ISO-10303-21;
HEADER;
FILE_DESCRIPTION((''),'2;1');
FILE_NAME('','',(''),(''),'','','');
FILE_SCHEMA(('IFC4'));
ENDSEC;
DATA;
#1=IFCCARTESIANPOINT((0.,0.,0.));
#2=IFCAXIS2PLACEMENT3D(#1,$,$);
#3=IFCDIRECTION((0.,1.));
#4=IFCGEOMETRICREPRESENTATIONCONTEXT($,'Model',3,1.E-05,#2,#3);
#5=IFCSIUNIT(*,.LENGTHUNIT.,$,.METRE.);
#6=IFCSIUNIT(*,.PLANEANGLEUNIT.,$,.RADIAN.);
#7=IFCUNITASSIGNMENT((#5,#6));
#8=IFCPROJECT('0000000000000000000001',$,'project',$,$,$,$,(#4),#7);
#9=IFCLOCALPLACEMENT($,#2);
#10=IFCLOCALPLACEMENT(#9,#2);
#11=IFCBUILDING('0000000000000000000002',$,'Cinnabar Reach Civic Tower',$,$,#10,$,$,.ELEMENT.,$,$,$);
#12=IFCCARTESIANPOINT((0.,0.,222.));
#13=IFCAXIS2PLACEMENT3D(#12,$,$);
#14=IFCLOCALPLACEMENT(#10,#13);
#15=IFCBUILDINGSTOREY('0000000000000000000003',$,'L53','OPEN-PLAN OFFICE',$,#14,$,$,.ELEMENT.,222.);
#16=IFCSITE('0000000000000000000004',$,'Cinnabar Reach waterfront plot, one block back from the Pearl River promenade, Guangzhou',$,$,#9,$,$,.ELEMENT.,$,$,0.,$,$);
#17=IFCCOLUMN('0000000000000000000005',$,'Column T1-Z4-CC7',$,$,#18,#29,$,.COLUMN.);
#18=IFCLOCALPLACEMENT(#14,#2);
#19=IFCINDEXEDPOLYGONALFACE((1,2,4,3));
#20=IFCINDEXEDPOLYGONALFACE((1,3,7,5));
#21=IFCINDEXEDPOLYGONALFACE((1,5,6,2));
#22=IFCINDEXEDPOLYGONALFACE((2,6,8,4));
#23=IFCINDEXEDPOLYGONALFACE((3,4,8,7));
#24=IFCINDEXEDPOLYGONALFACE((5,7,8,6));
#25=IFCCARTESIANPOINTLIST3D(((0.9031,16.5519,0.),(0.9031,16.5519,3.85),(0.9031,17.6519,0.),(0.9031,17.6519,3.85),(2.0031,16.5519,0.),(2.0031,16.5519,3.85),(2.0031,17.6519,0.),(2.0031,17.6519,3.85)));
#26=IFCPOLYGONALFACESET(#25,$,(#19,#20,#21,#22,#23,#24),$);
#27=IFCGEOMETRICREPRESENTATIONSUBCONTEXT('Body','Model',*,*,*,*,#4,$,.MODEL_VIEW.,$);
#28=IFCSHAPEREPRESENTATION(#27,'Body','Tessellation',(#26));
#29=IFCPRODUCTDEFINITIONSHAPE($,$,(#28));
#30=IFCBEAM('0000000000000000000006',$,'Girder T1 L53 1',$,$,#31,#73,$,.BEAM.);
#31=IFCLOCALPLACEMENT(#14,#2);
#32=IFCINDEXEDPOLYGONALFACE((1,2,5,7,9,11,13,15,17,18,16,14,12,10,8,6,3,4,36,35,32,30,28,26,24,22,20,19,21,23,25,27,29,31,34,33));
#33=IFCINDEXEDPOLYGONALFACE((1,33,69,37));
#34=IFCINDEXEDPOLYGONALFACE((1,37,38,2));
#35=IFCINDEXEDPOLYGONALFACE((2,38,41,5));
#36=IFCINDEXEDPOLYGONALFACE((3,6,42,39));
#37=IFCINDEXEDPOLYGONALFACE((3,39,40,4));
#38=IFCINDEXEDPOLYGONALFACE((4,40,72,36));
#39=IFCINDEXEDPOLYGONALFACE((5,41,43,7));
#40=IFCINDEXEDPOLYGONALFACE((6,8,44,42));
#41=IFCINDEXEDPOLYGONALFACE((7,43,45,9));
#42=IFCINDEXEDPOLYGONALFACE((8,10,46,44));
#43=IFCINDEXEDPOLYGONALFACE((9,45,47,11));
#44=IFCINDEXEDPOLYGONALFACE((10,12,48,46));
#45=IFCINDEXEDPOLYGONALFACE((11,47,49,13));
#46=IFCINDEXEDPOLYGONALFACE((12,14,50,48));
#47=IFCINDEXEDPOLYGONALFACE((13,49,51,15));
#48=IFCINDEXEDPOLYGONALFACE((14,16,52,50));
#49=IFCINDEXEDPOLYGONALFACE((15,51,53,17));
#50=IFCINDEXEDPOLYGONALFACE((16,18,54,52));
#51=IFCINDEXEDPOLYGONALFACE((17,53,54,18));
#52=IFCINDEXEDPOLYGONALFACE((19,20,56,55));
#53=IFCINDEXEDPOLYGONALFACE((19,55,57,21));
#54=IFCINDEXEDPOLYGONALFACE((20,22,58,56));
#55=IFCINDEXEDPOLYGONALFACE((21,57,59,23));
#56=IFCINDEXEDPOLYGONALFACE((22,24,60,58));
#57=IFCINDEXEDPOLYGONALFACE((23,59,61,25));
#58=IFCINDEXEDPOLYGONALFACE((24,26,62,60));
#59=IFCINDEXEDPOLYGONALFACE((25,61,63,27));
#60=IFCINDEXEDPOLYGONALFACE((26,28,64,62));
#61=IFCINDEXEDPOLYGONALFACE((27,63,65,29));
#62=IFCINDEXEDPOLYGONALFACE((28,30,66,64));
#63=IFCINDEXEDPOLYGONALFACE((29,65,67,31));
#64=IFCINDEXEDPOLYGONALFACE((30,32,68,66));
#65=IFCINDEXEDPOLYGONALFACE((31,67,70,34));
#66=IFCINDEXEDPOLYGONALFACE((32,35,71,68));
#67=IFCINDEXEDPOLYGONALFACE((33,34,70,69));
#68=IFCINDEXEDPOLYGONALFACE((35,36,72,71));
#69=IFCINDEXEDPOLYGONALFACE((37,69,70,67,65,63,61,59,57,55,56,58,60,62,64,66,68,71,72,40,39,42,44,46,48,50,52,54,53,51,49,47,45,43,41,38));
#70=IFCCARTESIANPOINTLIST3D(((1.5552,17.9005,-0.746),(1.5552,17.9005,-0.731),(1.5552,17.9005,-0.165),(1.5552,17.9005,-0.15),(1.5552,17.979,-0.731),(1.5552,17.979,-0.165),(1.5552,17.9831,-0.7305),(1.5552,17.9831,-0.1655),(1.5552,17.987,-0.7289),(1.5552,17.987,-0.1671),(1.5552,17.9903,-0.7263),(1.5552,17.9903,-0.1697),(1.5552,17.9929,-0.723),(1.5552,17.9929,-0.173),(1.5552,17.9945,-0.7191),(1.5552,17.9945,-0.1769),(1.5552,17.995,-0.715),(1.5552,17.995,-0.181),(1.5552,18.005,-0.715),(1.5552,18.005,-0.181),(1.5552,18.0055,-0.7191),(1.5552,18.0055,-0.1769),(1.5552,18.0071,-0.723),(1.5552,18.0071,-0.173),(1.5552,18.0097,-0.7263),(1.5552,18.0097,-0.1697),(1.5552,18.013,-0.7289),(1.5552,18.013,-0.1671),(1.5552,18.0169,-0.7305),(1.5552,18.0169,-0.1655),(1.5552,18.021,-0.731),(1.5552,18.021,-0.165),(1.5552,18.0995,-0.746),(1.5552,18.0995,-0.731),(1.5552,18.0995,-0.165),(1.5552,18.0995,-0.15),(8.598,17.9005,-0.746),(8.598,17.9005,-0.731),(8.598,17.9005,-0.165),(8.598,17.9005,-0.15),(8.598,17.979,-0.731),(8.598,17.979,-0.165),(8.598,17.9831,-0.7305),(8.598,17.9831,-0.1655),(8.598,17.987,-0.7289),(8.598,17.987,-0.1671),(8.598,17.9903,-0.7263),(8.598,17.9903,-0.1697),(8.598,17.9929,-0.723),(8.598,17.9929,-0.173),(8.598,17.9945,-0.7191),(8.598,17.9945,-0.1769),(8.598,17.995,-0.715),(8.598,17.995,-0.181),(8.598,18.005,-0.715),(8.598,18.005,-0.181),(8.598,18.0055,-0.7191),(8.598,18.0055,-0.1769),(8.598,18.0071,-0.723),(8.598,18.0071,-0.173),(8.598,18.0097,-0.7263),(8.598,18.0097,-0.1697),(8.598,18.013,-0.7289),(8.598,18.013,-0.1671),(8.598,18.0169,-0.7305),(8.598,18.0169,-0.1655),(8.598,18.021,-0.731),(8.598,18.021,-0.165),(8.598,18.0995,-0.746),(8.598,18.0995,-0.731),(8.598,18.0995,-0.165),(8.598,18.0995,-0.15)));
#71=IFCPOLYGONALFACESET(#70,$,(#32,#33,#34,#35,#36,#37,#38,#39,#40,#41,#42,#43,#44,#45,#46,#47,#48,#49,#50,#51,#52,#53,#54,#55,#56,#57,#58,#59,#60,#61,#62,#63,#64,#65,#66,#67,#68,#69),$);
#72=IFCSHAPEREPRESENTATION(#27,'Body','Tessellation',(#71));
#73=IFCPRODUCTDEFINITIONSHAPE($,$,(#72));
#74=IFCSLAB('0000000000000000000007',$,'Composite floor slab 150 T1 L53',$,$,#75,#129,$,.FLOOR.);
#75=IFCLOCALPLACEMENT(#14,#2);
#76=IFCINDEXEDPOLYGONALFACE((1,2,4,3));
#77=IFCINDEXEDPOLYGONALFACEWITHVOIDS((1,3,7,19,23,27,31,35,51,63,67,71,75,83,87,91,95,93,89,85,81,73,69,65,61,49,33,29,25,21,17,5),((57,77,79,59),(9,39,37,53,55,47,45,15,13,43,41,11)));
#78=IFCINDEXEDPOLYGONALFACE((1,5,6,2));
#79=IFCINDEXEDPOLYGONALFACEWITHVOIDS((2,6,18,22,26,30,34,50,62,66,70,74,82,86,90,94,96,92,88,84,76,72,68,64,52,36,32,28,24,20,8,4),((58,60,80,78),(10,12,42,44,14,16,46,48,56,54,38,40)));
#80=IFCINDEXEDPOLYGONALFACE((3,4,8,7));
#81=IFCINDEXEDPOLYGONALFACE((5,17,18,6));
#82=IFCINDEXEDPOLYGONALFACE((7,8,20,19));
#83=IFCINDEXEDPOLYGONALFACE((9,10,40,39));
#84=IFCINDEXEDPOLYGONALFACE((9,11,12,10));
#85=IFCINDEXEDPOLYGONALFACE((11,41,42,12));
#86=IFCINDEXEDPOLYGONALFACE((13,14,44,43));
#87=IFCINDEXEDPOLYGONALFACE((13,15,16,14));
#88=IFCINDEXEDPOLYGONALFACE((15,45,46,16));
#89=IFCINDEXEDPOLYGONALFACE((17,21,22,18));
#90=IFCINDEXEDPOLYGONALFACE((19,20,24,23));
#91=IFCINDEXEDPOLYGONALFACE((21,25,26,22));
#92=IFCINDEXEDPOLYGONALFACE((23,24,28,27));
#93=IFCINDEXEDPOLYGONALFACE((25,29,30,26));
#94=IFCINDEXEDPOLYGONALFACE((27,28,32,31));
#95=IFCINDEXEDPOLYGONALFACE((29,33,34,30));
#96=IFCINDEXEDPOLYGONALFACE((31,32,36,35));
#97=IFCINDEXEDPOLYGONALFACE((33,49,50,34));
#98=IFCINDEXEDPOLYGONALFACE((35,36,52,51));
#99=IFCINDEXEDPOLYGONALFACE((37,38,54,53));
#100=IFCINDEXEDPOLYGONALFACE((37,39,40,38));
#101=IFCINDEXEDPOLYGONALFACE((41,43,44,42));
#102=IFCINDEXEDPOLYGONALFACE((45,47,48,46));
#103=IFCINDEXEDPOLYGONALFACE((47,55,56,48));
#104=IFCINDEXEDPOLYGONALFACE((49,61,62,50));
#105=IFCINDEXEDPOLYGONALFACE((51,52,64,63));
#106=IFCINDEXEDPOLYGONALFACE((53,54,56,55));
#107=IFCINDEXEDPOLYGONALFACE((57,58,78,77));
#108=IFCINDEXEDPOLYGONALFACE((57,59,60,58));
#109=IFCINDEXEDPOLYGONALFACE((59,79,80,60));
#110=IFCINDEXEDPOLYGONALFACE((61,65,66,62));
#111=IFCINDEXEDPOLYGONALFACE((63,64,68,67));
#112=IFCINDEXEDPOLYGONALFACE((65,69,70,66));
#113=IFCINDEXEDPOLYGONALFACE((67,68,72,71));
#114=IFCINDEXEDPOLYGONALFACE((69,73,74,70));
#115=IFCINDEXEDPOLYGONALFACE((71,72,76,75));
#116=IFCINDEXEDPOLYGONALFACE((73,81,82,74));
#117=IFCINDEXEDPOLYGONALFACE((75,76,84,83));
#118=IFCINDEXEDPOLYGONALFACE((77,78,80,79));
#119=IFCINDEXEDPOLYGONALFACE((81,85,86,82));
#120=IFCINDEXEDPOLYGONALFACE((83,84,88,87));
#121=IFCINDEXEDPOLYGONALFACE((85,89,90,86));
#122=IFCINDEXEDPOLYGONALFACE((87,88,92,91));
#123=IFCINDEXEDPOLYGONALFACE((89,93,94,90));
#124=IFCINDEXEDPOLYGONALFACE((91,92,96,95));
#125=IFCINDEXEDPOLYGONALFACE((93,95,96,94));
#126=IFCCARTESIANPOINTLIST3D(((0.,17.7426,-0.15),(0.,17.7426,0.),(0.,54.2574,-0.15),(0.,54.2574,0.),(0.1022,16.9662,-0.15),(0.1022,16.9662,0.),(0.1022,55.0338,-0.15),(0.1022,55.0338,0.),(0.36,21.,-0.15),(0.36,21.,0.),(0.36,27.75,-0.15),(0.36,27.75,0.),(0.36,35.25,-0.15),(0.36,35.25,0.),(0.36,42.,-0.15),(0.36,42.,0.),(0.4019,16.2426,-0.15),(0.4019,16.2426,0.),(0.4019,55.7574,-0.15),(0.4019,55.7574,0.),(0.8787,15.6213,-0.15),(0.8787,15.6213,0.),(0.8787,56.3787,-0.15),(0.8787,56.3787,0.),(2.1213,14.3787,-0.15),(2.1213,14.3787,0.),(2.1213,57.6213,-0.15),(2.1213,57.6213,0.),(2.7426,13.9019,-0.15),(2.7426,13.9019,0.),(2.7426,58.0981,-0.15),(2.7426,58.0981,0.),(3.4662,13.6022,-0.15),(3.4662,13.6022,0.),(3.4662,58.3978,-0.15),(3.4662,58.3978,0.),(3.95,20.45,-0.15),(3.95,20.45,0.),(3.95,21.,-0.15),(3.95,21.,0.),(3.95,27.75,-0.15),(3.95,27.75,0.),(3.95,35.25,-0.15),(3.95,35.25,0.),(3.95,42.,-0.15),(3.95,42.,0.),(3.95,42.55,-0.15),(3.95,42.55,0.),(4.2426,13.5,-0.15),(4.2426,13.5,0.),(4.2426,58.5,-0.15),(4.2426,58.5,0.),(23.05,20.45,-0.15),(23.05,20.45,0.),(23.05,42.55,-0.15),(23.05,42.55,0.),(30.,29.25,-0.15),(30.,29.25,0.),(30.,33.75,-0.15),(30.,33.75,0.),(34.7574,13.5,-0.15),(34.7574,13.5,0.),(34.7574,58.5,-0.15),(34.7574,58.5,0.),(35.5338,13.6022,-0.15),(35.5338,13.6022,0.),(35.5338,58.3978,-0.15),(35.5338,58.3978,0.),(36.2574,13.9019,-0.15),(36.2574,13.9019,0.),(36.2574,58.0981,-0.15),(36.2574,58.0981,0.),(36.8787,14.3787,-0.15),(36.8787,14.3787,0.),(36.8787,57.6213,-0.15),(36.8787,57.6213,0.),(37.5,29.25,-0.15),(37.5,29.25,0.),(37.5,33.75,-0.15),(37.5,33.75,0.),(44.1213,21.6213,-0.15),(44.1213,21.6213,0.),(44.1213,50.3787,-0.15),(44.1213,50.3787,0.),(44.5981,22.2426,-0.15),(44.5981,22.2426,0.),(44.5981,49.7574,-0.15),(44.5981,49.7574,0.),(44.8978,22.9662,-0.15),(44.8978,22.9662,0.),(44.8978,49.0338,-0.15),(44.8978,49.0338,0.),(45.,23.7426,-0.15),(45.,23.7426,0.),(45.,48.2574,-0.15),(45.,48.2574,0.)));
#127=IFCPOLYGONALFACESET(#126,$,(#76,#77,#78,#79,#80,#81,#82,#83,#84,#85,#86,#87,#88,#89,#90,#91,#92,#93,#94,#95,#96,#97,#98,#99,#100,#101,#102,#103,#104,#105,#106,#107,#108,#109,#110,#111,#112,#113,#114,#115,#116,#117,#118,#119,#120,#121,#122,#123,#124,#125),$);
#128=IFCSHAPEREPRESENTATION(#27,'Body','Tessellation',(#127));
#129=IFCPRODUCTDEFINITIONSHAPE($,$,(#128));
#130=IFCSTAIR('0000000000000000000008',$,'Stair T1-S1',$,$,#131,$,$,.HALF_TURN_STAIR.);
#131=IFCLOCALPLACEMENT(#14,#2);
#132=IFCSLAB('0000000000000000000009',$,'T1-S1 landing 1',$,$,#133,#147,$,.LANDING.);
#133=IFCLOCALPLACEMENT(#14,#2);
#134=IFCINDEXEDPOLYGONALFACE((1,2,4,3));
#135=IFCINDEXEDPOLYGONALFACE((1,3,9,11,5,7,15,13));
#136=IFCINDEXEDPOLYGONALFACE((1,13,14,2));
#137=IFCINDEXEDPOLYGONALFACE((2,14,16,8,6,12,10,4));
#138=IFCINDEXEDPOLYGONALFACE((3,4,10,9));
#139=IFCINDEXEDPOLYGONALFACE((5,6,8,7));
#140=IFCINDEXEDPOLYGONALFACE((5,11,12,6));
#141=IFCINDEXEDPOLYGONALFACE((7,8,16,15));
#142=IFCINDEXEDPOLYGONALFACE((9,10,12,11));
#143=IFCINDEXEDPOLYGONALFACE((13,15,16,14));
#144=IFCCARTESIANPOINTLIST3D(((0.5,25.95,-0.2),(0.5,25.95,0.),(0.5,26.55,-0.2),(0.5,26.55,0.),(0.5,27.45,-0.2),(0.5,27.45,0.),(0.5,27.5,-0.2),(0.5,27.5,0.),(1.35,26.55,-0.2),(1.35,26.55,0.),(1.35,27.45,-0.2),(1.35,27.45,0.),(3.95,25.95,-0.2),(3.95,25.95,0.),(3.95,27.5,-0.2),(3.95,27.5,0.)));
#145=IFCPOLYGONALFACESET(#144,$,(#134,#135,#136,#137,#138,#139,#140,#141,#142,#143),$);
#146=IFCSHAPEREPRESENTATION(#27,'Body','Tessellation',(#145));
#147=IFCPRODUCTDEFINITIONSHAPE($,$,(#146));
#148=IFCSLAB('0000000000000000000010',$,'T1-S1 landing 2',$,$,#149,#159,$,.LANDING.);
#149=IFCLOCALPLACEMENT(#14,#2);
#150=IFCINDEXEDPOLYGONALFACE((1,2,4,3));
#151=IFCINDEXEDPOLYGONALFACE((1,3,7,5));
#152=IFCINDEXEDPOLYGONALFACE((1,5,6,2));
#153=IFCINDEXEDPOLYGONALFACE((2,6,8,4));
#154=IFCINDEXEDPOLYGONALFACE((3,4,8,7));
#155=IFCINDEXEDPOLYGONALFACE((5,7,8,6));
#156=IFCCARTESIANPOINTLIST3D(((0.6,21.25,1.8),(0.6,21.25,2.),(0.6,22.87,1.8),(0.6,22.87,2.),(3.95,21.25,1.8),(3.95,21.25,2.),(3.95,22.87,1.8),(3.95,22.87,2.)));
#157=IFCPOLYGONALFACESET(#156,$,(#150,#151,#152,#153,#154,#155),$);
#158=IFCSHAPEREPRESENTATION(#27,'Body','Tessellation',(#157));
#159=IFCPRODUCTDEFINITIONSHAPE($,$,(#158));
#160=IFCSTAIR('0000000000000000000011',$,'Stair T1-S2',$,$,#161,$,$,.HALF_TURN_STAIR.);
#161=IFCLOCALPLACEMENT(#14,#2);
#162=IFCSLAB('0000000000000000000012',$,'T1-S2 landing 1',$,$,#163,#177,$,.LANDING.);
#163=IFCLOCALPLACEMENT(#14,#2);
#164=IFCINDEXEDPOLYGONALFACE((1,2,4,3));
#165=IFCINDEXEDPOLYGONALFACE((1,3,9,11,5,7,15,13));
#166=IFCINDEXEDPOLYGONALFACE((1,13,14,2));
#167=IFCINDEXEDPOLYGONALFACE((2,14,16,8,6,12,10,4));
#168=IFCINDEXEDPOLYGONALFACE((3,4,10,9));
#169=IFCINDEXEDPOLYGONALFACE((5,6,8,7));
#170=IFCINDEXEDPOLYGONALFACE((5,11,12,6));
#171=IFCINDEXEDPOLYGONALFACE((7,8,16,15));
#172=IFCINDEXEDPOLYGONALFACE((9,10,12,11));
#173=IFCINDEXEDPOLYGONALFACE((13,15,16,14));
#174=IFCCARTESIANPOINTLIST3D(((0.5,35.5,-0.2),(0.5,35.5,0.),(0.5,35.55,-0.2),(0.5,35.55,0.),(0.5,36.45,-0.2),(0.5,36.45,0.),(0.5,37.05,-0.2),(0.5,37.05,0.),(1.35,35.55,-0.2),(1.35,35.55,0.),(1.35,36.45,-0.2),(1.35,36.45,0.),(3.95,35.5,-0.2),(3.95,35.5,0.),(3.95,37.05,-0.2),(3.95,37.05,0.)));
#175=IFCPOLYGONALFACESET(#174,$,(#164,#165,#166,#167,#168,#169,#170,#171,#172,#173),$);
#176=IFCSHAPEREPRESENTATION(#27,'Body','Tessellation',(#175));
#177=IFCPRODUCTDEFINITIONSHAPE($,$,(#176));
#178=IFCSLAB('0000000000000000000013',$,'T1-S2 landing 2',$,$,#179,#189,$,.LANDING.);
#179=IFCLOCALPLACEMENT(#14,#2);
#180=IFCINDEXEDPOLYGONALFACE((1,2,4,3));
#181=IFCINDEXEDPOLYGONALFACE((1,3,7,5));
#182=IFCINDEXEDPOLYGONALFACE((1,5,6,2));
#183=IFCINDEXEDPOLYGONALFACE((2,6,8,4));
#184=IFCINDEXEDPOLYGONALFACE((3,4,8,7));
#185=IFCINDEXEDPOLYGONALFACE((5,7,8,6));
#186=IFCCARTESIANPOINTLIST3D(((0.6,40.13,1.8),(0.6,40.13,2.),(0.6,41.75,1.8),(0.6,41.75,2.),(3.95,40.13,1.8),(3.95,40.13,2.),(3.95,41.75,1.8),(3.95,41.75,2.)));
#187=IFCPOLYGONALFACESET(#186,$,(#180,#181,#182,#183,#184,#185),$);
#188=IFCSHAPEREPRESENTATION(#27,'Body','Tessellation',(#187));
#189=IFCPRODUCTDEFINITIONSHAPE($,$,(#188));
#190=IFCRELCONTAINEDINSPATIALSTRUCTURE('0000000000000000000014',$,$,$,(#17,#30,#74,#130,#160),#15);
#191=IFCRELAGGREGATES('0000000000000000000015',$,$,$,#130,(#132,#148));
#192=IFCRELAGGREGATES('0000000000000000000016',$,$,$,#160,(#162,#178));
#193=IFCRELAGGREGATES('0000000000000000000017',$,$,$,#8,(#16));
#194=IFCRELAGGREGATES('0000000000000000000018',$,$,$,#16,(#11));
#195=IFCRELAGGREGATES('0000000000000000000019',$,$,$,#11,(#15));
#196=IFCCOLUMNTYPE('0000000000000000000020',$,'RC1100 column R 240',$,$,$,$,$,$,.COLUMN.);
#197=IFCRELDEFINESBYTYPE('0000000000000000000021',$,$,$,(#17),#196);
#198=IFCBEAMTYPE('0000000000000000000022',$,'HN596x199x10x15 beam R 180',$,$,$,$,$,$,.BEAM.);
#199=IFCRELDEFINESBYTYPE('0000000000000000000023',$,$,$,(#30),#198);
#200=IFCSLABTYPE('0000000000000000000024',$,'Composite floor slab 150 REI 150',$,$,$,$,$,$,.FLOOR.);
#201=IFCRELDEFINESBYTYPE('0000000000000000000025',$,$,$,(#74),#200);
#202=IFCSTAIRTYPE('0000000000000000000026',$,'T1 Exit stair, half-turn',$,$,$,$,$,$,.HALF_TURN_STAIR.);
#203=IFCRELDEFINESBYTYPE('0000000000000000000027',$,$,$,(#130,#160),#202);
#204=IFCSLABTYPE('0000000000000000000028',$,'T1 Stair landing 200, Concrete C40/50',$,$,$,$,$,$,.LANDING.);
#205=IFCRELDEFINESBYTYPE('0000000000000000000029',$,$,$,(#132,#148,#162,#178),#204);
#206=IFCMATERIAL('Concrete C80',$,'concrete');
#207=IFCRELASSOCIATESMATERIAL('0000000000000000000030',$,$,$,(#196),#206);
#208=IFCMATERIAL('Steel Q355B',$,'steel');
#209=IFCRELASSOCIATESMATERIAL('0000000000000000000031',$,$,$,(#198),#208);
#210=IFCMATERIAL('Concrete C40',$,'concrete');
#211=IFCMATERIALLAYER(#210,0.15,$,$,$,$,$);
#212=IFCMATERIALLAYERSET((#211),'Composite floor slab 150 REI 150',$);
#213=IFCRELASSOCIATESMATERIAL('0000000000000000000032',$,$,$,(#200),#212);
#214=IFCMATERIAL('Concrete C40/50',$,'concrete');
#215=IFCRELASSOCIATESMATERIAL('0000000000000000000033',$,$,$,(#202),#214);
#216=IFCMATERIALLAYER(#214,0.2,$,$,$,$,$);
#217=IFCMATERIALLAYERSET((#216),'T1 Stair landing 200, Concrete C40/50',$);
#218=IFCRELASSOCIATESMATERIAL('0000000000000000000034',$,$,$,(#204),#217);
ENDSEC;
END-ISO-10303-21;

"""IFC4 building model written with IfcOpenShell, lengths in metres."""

from ifc_helpers import new_model, si_unit, direction, frame, origin, origin_2d, place, context, subcontext, project, spatial, polyline, rectangle, i_section, outline, extrude, material, layer, layer_set, material_profile, profile_set, type_object, element, aggregate, save


model = new_model("IFC4")

# Units and contexts
model_context = context("Model", 3, precision=1e-05, world=origin(), true_north=direction((0.0, 1.0)))
body_context = subcontext(model_context, "Body", "Model", "MODEL_VIEW")
ifc_project = project(units=[si_unit("LENGTHUNIT", "METRE"), si_unit("PLANEANGLEUNIT", "RADIAN")], contexts=[model_context])

# Site, building, storey
site_placement = place(None, origin())
site = spatial("IfcSite", under=ifc_project, at=site_placement, Name="Cinnabar Reach waterfront plot, one block back from the Pearl River promenade, Guangzhou", CompositionType="ELEMENT", RefElevation=0.0)
building_placement = place(site_placement, origin())
building = spatial("IfcBuilding", under=site, at=building_placement, Name="Cinnabar Reach Civic Tower", CompositionType="ELEMENT")
storey_placement = place(building_placement, frame((0.0, 0.0, 222.0)))
storey = spatial("IfcBuildingStorey", under=building, at=storey_placement, Name="L53", Description="OPEN-PLAN OFFICE", CompositionType="ELEMENT", Elevation=222.0)

# Column
ifc_material_1 = material(Name="Concrete C80", Category="concrete")
ifc_material_profile_1 = material_profile(ifc_material_1, rectangle(XDim=1.1, YDim=1.1, at=origin_2d()), Name="RC1100")
ifc_profile_set_1 = profile_set([ifc_material_profile_1], Name="Concrete C80")
column_type = type_object("IfcColumnType", Name="RC1100 column R 240", PredefinedType="COLUMN", material=ifc_profile_set_1)
column_placement = place(storey_placement, frame((1.4531, 17.1019, 0.0), z_axis=(0.0, 0.0, 1.0), x_axis=(1.0, 0.0, 0.0)))
element("IfcColumn", 1, at=column_placement, inside=storey, type_object=column_type, Name="Column T1-Z4-CC7", PredefinedType="COLUMN", context=body_context, shape_type="SweptSolid", body=[
    extrude(rectangle(XDim=1.1, YDim=1.1, at=origin_2d()), origin(), (0.0, 0.0, 1.0), 3.85),
])

# Beam
ifc_material_2 = material(Name="Steel Q355B", Category="steel")
ifc_material_profile_2 = material_profile(ifc_material_2, i_section(OverallWidth=0.199, OverallDepth=0.596, WebThickness=0.01, FlangeThickness=0.015, FilletRadius=0.016, at=origin_2d()), Name="HN596x199x10x15")
ifc_profile_set_2 = profile_set([ifc_material_profile_2], Name="Steel Q355B")
beam_type = type_object("IfcBeamType", Name="HN596x199x10x15 beam R 180", PredefinedType="BEAM", material=ifc_profile_set_2)
beam_placement = place(storey_placement, frame((1.5552, 18.0, -0.448), z_axis=(1.0, 0.0, 0.0), x_axis=(0.0, 1.0, 0.0)))
element("IfcBeam", 2, at=beam_placement, inside=storey, type_object=beam_type, Name="Girder T1 L53 1", PredefinedType="BEAM", context=body_context, shape_type="SweptSolid", body=[
    extrude(i_section(OverallWidth=0.199, OverallDepth=0.596, WebThickness=0.01, FlangeThickness=0.015, FilletRadius=0.016, at=origin_2d()), origin(), (0.0, 0.0, 1.0), 7.0428),
])

# Slab
ifc_material_3 = material(Name="Concrete C40", Category="concrete")
ifc_layer_1 = layer(ifc_material_3, 0.15)
ifc_layer_set_1 = layer_set([ifc_layer_1], Name="Composite floor slab 150 REI 150")
slab_type_1 = type_object("IfcSlabType", Name="Composite floor slab 150 REI 150", PredefinedType="FLOOR", material=ifc_layer_set_1)
slab_1_placement = place(storey_placement, frame((0.0, 0.0, -0.15)))
element("IfcSlab", 3, at=slab_1_placement, inside=storey, type_object=slab_type_1, Name="Composite floor slab 150 T1 L53", PredefinedType="FLOOR", context=body_context, shape_type="SweptSolid", body=[
    extrude(outline(polyline([(0.8787, 15.6213), (0.4019, 16.2426), (0.1022, 16.9662), (0.0, 17.7426), (0.0, 54.2574), (0.1022, 55.0338), (0.4019, 55.7574), (0.8787, 56.3787), (2.1213, 57.6213), (2.7426, 58.0981), (3.4662, 58.3978), (4.2426, 58.5), (34.7574, 58.5), (35.5338, 58.3978), (36.2574, 58.0981), (36.8787, 57.6213), (44.1213, 50.3787), (44.5981, 49.7574), (44.8978, 49.0338), (45.0, 48.2574), (45.0, 23.7426), (44.8978, 22.9662), (44.5981, 22.2426), (44.1213, 21.6213), (36.8787, 14.3787), (36.2574, 13.9019), (35.5338, 13.6022), (34.7574, 13.5), (4.2426, 13.5), (3.4662, 13.6022), (2.7426, 13.9019), (2.1213, 14.3787), (0.8787, 15.6213)]), holes=[polyline([(0.36, 21.0), (3.95, 21.0), (3.95, 20.45), (23.05, 20.45), (23.05, 42.55), (3.95, 42.55), (3.95, 42.0), (0.36, 42.0), (0.36, 35.25), (3.95, 35.25), (3.95, 27.75), (0.36, 27.75), (0.36, 21.0)]), polyline([(30.0, 33.75), (30.0, 29.25), (37.5, 29.25), (37.5, 33.75), (30.0, 33.75)])]), origin(), (0.0, 0.0, 1.0), 0.15),
])

# Stairs, slabs
ifc_material_4 = material(Name="Concrete C40/50", Category="concrete")
stair_type = type_object("IfcStairType", Name="T1 Exit stair, half-turn", PredefinedType="HALF_TURN_STAIR", material=ifc_material_4)
stair_1_placement = place(storey_placement, origin())
stair_1 = element("IfcStair", 4, at=stair_1_placement, inside=storey, type_object=stair_type, Name="Stair T1-S1", PredefinedType="HALF_TURN_STAIR")
ifc_layer_2 = layer(ifc_material_4, 0.2)
ifc_layer_set_2 = layer_set([ifc_layer_2], Name="T1 Stair landing 200, Concrete C40/50")
slab_type_2 = type_object("IfcSlabType", Name="T1 Stair landing 200, Concrete C40/50", PredefinedType="LANDING", material=ifc_layer_set_2)
slab_2_placement = place(storey_placement, frame((0.0, 0.0, -0.2)))
slab_2 = element("IfcSlab", 5, at=slab_2_placement, type_object=slab_type_2, Name="T1-S1 landing 1", PredefinedType="LANDING", context=body_context, shape_type="SweptSolid", body=[
    extrude(outline(polyline([(0.5, 27.5), (3.95, 27.5), (3.95, 25.95), (0.5, 25.95), (0.5, 26.55), (1.35, 26.55), (1.35, 27.45), (0.5, 27.45), (0.5, 27.5)])), origin(), (0.0, 0.0, 1.0), 0.2),
])
slab_3_placement = place(storey_placement, frame((0.0, 0.0, 1.8)))
slab_3 = element("IfcSlab", 6, at=slab_3_placement, type_object=slab_type_2, Name="T1-S1 landing 2", PredefinedType="LANDING", context=body_context, shape_type="SweptSolid", body=[
    extrude(outline(polyline([(0.6, 21.25), (0.6, 22.87), (3.95, 22.87), (3.95, 21.25), (0.6, 21.25)])), origin(), (0.0, 0.0, 1.0), 0.2),
])
aggregate(stair_1, [slab_2, slab_3])
stair_2_placement = place(storey_placement, origin())
stair_2 = element("IfcStair", 7, at=stair_2_placement, inside=storey, type_object=stair_type, Name="Stair T1-S2", PredefinedType="HALF_TURN_STAIR")
slab_4_placement = place(storey_placement, frame((0.0, 0.0, -0.2)))
slab_4 = element("IfcSlab", 8, at=slab_4_placement, type_object=slab_type_2, Name="T1-S2 landing 1", PredefinedType="LANDING", context=body_context, shape_type="SweptSolid", body=[
    extrude(outline(polyline([(0.5, 37.05), (3.95, 37.05), (3.95, 35.5), (0.5, 35.5), (0.5, 35.55), (1.35, 35.55), (1.35, 36.45), (0.5, 36.45), (0.5, 37.05)])), origin(), (0.0, 0.0, 1.0), 0.2),
])
slab_5_placement = place(storey_placement, frame((0.0, 0.0, 1.8)))
slab_5 = element("IfcSlab", 9, at=slab_5_placement, type_object=slab_type_2, Name="T1-S2 landing 2", PredefinedType="LANDING", context=body_context, shape_type="SweptSolid", body=[
    extrude(outline(polyline([(0.6, 40.13), (0.6, 41.75), (3.95, 41.75), (3.95, 40.13), (0.6, 40.13)])), origin(), (0.0, 0.0, 1.0), 0.2),
])
aggregate(stair_2, [slab_4, slab_5])

save(model, "model.ifc")
